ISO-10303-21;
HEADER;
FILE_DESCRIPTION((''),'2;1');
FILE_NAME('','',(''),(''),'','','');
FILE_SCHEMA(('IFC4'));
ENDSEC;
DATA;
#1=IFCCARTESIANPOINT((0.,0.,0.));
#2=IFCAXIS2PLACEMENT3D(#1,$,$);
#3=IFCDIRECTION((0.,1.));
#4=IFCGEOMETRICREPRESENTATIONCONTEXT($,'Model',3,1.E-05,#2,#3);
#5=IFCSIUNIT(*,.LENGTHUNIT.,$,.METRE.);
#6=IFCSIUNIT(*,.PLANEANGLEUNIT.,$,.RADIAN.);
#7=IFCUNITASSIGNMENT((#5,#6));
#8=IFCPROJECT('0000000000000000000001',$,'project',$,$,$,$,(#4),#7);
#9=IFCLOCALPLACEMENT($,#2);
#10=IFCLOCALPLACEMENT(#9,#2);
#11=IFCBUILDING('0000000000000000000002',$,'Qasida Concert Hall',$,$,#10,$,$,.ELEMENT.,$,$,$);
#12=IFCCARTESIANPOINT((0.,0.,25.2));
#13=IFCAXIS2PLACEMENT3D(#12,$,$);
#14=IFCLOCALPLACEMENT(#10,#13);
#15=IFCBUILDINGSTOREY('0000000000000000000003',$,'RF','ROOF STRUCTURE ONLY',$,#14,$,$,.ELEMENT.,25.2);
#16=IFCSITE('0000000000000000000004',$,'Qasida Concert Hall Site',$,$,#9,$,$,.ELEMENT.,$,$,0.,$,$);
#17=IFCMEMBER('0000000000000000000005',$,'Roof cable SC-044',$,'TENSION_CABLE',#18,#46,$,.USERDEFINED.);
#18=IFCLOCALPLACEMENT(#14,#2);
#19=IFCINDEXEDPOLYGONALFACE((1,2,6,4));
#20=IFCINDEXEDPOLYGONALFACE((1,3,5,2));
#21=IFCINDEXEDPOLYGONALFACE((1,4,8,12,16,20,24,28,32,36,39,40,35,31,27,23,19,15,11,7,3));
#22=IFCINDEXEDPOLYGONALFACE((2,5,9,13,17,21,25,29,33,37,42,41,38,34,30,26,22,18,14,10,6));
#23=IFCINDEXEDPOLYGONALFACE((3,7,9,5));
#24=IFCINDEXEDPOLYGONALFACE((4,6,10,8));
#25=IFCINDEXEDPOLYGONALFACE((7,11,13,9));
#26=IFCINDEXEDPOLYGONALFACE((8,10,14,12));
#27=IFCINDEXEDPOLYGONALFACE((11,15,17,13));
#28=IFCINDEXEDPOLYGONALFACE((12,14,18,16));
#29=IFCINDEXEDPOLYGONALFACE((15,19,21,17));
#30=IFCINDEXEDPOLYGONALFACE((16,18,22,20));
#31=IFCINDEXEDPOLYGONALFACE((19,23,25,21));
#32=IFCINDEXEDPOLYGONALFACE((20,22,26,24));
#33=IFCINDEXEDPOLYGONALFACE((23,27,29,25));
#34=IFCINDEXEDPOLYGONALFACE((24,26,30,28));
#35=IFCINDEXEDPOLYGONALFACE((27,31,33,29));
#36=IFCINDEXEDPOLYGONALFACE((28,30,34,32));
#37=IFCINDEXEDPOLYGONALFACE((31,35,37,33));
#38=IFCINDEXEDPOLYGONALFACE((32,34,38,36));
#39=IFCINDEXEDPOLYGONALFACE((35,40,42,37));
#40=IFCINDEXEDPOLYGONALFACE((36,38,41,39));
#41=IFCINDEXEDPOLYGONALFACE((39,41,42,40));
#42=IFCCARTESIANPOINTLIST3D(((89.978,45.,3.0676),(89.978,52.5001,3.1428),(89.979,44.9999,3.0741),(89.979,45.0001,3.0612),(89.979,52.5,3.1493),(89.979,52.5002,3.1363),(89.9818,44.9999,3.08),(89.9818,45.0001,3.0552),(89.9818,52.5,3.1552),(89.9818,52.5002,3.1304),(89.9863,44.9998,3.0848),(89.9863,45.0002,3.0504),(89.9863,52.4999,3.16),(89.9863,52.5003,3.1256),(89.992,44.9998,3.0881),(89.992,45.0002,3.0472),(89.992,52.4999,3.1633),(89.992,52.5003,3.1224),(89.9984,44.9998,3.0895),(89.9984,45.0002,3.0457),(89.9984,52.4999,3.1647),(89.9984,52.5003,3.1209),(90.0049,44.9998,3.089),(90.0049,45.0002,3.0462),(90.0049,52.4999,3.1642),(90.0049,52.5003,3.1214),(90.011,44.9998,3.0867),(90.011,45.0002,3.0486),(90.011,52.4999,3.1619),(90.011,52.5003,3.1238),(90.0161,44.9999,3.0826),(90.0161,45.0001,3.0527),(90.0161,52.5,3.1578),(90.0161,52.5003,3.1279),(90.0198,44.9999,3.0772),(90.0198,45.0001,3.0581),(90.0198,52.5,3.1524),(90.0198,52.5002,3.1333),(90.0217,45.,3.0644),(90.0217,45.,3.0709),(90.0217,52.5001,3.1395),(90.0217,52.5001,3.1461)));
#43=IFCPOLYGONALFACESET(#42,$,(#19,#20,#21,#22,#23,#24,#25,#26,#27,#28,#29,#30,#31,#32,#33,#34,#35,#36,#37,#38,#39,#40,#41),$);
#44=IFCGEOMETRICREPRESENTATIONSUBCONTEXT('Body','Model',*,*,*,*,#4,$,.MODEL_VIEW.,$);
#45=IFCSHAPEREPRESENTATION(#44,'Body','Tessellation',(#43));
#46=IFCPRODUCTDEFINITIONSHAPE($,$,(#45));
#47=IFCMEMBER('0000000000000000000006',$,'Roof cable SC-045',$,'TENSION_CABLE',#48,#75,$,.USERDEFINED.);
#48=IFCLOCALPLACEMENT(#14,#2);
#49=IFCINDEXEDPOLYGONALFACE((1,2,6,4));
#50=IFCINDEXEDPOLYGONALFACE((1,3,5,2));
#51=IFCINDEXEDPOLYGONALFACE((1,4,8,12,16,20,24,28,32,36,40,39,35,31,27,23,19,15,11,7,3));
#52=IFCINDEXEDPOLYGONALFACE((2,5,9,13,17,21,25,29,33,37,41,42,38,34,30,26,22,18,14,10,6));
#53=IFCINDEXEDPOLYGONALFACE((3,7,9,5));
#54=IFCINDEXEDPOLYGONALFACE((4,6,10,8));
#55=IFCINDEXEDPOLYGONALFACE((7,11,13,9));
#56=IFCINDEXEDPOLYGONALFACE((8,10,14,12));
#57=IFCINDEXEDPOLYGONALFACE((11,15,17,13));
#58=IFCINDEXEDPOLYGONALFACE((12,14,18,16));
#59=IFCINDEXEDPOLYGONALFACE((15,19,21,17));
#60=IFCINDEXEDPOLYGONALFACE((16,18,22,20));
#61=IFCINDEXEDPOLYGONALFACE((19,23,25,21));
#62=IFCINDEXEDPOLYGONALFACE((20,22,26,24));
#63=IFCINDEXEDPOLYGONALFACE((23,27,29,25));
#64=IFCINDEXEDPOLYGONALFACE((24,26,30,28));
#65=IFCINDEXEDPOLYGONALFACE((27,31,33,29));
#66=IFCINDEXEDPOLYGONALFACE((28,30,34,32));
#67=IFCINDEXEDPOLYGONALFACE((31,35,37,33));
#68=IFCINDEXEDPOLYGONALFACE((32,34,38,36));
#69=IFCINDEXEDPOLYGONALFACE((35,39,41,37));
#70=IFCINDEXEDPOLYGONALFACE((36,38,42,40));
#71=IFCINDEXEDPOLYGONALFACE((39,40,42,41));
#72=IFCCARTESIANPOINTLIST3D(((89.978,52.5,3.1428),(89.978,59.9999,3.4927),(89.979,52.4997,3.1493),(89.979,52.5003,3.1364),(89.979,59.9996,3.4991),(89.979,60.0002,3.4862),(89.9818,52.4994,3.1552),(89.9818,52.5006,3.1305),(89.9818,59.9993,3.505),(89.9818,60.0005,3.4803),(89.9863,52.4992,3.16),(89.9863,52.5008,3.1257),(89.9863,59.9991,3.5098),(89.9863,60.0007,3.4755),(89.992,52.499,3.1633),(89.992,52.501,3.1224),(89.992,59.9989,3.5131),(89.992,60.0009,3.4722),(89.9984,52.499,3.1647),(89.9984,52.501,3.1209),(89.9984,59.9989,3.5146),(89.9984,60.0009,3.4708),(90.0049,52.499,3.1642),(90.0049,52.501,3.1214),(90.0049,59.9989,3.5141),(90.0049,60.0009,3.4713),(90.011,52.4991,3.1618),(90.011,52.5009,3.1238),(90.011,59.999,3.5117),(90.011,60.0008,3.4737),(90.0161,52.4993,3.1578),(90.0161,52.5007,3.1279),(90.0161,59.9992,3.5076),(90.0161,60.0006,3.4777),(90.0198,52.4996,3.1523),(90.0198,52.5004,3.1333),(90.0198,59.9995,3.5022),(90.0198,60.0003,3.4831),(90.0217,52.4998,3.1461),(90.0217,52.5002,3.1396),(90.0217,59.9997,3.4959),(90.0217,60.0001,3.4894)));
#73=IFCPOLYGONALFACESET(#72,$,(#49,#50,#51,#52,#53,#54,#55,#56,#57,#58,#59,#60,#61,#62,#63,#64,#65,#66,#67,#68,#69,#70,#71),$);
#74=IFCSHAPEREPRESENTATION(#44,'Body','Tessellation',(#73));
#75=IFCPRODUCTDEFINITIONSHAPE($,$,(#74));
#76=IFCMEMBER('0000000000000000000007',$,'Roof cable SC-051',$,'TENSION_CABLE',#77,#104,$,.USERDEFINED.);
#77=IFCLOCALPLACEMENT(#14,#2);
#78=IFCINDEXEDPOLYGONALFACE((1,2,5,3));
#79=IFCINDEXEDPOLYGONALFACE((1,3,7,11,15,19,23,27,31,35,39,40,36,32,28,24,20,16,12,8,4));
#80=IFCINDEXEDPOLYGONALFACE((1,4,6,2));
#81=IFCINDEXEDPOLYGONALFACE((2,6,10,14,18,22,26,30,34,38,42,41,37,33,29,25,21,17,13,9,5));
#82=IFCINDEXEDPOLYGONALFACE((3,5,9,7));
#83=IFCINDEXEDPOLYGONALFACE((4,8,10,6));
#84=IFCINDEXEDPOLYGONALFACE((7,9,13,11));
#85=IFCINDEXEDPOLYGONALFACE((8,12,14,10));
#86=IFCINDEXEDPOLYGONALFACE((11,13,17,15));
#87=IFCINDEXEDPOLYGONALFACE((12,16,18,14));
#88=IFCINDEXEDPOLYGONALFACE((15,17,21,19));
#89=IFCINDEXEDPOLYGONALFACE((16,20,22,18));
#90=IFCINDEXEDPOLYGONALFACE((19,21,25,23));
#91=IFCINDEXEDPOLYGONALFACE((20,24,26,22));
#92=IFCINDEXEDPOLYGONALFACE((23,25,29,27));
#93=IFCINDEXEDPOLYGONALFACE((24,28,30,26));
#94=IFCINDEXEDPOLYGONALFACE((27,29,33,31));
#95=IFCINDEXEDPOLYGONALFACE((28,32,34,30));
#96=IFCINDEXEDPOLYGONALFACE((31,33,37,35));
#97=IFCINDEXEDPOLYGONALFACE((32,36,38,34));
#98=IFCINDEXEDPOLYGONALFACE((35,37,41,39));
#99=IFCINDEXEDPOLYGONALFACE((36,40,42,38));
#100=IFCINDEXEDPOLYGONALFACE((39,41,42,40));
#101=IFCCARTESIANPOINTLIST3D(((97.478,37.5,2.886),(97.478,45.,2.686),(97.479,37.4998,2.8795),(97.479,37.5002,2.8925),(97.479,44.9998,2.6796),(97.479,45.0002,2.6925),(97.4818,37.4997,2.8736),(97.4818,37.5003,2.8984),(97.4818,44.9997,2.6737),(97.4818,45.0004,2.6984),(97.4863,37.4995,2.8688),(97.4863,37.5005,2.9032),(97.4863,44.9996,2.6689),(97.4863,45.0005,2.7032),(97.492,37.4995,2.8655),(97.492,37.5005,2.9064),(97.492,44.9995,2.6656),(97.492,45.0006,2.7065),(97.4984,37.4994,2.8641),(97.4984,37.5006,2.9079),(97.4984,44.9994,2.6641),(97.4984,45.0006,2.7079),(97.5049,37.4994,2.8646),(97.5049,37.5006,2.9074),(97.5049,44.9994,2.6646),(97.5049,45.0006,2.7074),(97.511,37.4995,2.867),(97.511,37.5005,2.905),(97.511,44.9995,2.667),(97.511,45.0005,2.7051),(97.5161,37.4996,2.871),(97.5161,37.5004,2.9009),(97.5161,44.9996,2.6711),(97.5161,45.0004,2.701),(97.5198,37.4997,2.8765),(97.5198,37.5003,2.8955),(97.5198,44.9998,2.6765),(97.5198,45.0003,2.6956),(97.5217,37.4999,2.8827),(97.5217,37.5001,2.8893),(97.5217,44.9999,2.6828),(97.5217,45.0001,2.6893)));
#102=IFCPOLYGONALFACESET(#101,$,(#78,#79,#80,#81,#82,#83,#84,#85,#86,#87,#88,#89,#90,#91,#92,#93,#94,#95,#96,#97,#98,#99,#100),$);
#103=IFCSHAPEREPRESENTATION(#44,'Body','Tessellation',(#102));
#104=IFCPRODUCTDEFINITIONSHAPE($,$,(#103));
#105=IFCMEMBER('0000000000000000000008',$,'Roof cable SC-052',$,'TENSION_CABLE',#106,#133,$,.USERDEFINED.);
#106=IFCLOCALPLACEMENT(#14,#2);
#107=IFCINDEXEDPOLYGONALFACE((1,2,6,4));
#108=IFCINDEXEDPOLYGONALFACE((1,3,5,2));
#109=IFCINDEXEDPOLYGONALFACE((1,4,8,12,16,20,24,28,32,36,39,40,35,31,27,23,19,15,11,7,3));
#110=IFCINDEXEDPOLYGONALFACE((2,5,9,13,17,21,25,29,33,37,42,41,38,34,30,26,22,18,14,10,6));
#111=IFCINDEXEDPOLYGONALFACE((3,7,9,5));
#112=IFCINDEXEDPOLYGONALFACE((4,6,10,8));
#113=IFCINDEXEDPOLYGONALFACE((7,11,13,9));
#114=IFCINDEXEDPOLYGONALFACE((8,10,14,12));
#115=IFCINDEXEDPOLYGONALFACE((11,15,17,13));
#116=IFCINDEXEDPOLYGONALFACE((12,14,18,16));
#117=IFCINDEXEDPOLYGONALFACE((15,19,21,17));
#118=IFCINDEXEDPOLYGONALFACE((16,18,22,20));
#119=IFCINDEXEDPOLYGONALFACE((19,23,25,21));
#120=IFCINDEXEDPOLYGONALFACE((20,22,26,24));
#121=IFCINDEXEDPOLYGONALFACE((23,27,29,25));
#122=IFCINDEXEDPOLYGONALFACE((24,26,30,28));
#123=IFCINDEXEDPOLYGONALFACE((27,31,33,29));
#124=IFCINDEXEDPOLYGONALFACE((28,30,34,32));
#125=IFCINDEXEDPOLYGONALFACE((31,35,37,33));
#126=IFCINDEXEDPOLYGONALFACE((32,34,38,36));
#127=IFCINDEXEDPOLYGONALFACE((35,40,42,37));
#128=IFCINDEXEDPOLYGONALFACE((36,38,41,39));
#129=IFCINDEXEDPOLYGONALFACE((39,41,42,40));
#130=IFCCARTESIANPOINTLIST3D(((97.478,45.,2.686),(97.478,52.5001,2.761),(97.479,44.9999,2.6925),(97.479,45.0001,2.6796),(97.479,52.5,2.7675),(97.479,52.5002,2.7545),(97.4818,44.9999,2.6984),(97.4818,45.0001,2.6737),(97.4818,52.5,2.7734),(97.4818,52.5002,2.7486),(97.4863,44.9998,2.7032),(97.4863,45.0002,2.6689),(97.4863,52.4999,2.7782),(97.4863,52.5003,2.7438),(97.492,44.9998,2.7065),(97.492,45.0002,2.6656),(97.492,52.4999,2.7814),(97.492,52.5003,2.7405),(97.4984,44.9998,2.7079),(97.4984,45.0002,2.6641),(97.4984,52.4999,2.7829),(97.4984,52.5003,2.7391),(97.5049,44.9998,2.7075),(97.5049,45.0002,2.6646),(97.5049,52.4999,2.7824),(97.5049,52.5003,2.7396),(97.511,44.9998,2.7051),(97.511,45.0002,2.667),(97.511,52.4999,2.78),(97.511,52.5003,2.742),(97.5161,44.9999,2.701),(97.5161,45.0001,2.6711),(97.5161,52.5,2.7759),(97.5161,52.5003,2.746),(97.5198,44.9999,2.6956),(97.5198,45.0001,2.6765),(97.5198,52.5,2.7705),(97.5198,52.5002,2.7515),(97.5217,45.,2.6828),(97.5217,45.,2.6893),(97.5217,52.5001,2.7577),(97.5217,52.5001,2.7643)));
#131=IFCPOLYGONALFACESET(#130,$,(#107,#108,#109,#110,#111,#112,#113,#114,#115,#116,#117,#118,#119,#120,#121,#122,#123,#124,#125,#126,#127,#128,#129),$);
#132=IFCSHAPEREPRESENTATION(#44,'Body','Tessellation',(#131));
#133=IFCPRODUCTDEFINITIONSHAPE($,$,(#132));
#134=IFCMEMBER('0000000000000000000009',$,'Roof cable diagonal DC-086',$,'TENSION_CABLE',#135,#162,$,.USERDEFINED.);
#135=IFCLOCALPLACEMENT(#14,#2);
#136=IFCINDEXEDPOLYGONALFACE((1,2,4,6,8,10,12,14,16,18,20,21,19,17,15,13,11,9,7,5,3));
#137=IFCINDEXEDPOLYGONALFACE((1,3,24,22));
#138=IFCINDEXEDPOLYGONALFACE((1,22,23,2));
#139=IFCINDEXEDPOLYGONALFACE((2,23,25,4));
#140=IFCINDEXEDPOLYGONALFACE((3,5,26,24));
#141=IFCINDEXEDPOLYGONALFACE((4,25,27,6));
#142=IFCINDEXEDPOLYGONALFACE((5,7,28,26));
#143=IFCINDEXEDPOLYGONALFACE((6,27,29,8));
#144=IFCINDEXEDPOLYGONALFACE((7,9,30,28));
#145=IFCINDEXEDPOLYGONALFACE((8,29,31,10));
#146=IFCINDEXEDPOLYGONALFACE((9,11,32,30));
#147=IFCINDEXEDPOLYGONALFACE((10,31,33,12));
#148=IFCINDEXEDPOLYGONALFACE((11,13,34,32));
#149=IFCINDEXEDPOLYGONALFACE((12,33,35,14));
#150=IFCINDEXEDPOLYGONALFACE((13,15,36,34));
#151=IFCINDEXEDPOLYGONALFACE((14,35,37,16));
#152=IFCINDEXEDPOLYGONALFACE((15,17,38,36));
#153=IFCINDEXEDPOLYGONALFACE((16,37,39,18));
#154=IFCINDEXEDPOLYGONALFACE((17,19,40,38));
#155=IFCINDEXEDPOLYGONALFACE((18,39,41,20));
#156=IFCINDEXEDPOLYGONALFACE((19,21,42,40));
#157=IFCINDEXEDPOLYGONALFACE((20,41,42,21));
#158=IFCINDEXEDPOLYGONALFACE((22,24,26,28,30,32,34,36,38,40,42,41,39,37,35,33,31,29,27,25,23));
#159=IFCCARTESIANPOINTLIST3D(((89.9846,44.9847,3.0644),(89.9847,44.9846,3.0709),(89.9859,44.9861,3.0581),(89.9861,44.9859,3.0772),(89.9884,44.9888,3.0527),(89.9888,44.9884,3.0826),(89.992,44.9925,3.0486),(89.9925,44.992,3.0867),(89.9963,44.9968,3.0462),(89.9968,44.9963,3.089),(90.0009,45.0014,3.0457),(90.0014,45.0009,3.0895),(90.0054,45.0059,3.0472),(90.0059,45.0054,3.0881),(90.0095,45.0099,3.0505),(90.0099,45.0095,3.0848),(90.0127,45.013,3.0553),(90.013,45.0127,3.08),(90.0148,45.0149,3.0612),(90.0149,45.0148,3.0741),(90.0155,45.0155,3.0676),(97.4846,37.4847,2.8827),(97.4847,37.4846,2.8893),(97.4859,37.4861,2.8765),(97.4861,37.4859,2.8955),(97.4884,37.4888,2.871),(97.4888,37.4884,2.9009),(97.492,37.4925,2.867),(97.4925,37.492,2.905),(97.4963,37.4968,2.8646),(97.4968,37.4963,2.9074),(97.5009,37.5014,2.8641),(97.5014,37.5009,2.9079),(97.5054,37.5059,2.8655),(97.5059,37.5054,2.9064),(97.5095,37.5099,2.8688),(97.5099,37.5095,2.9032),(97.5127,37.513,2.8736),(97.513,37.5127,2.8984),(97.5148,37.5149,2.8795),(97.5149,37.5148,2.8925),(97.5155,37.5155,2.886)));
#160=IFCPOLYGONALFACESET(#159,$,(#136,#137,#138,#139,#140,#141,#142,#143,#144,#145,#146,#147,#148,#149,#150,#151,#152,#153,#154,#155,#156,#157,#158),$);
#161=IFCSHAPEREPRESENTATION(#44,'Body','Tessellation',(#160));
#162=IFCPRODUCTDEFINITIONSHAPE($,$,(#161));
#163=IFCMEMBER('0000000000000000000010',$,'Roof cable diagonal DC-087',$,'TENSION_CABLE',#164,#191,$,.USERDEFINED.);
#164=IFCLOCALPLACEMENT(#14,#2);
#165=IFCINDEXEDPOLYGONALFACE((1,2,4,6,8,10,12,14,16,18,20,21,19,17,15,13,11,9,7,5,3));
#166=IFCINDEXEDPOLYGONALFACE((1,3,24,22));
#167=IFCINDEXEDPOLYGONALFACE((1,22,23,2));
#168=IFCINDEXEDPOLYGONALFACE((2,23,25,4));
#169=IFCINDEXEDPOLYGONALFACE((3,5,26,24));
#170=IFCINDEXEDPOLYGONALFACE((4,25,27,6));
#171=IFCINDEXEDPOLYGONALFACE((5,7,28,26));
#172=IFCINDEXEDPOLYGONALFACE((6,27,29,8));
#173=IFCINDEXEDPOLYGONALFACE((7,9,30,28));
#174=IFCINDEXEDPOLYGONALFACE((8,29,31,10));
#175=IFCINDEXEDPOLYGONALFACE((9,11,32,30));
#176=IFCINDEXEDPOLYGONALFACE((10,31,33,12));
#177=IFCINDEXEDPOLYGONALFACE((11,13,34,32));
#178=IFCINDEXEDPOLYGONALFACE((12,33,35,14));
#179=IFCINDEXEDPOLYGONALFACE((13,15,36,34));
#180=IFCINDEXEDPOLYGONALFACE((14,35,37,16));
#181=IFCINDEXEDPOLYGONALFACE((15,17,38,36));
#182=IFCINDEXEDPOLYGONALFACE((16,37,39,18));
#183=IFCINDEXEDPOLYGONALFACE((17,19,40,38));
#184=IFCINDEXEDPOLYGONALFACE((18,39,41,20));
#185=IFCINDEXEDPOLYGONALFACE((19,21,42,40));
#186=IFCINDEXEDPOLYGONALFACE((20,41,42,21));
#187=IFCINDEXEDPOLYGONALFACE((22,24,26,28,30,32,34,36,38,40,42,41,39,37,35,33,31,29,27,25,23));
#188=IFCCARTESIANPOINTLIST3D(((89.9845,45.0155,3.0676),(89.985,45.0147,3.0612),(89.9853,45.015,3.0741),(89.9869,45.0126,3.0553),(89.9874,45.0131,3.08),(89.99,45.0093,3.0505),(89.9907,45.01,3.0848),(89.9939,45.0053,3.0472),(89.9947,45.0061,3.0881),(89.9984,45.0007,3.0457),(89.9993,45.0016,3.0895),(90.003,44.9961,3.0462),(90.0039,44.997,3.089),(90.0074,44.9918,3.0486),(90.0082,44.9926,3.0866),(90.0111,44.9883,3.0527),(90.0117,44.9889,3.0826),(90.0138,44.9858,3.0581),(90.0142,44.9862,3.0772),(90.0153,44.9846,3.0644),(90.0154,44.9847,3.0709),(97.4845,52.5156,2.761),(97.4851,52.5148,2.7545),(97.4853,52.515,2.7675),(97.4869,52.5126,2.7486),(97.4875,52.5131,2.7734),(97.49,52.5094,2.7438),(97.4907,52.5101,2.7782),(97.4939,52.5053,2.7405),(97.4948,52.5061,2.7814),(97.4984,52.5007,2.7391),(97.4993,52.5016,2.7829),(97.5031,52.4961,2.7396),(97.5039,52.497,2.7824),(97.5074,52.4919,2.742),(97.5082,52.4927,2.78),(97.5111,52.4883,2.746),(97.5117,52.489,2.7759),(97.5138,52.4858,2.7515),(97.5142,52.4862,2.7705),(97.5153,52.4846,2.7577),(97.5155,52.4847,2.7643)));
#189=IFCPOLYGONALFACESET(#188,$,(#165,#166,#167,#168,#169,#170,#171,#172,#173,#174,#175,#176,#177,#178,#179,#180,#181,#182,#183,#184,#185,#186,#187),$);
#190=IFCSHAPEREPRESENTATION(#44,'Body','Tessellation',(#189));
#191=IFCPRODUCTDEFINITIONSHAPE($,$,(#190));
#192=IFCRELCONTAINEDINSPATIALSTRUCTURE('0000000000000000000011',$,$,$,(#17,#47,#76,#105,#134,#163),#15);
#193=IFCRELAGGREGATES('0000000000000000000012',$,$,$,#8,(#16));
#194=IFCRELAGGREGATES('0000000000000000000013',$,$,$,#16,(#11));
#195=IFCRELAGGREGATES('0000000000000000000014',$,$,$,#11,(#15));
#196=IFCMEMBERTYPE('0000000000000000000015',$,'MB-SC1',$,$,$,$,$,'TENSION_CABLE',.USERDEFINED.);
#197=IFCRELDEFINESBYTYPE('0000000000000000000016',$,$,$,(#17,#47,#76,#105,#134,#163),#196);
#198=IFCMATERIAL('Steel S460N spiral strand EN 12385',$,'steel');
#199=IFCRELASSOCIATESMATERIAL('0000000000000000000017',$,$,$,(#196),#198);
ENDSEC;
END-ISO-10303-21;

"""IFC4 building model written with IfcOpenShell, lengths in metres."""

from ifc_helpers import new_model, si_unit, direction, frame, origin, origin_2d, place, context, subcontext, project, spatial, circle, extrude, material, material_profile, profile_set, type_object, element, save


model = new_model("IFC4")

# Units and contexts
model_context = context("Model", 3, precision=1e-05, world=origin(), true_north=direction((0.0, 1.0)))
body_context = subcontext(model_context, "Body", "Model", "MODEL_VIEW")
ifc_project = project(units=[si_unit("LENGTHUNIT", "METRE"), si_unit("PLANEANGLEUNIT", "RADIAN")], contexts=[model_context])

# Site, building, storey
site_placement = place(None, origin())
site = spatial("IfcSite", under=ifc_project, at=site_placement, Name="Qasida Concert Hall Site", CompositionType="ELEMENT", RefElevation=0.0)
building_placement = place(site_placement, origin())
building = spatial("IfcBuilding", under=site, at=building_placement, Name="Qasida Concert Hall", CompositionType="ELEMENT")
storey_placement = place(building_placement, frame((0.0, 0.0, 25.2)))
storey = spatial("IfcBuildingStorey", under=building, at=storey_placement, Name="RF", Description="ROOF STRUCTURE ONLY", CompositionType="ELEMENT", Elevation=25.2)

# Members
ifc_material_1 = material(Name="Steel S460N spiral strand EN 12385", Category="steel")
ifc_material_profile_1 = material_profile(ifc_material_1, circle(Radius=0.022, at=origin_2d()), Name="STRAND D44")
ifc_profile_set_1 = profile_set([ifc_material_profile_1], Name="Steel S460N spiral strand EN 12385")
member_type_1 = type_object("IfcMemberType", Name="MB-SC1", ElementType="TENSION_CABLE", PredefinedType="USERDEFINED", material=ifc_profile_set_1)
member_1_placement = place(storey_placement, frame((90.0, 45.0, 3.0676), z_axis=(0.0, 0.99995, 0.010026), x_axis=(-1.0, 0.0, 0.0)))
element("IfcMember", 1, at=member_1_placement, inside=storey, type_object=member_type_1, Name="Roof cable SC-044", ObjectType="TENSION_CABLE", PredefinedType="USERDEFINED", context=body_context, shape_type="SweptSolid", body=[
    extrude(circle(Radius=0.022, at=origin_2d()), origin(), (0.0, 0.0, 1.0), 7.5005),
])
member_2_placement = place(storey_placement, frame((90.0, 52.5, 3.1428), z_axis=(0.0, 0.998914, 0.046596), x_axis=(-1.0, 0.0, 0.0)))
element("IfcMember", 2, at=member_2_placement, inside=storey, type_object=member_type_1, Name="Roof cable SC-045", ObjectType="TENSION_CABLE", PredefinedType="USERDEFINED", context=body_context, shape_type="SweptSolid", body=[
    extrude(circle(Radius=0.022, at=origin_2d()), origin(), (0.0, 0.0, 1.0), 7.5081),
])
member_3_placement = place(storey_placement, frame((97.5, 37.5, 2.886), z_axis=(0.0, 0.999645, -0.026651), x_axis=(-1.0, 0.0, 0.0)))
element("IfcMember", 3, at=member_3_placement, inside=storey, type_object=member_type_1, Name="Roof cable SC-051", ObjectType="TENSION_CABLE", PredefinedType="USERDEFINED", context=body_context, shape_type="SweptSolid", body=[
    extrude(circle(Radius=0.022, at=origin_2d()), origin(), (0.0, 0.0, 1.0), 7.5027),
])
member_4_placement = place(storey_placement, frame((97.5, 45.0, 2.686), z_axis=(0.0, 0.99995, 0.009993), x_axis=(-1.0, 0.0, 0.0)))
element("IfcMember", 4, at=member_4_placement, inside=storey, type_object=member_type_1, Name="Roof cable SC-052", ObjectType="TENSION_CABLE", PredefinedType="USERDEFINED", context=body_context, shape_type="SweptSolid", body=[
    extrude(circle(Radius=0.022, at=origin_2d()), origin(), (0.0, 0.0, 1.0), 7.5005),
])
member_5_placement = place(storey_placement, frame((90.0, 45.0, 3.0676), z_axis=(0.707003, -0.707003, -0.017123), x_axis=(0.707107, 0.707107, 0.0)))
element("IfcMember", 5, at=member_5_placement, inside=storey, type_object=member_type_1, Name="Roof cable diagonal DC-086", ObjectType="TENSION_CABLE", PredefinedType="USERDEFINED", context=body_context, shape_type="SweptSolid", body=[
    extrude(circle(Radius=0.022, at=origin_2d()), origin(), (0.0, 0.0, 1.0), 10.6082),
])
member_6_placement = place(storey_placement, frame((90.0, 45.0, 3.0676), z_axis=(0.706811, 0.706811, -0.028898), x_axis=(-0.707107, 0.707107, 0.0)))
element("IfcMember", 6, at=member_6_placement, inside=storey, type_object=member_type_1, Name="Roof cable diagonal DC-087", ObjectType="TENSION_CABLE", PredefinedType="USERDEFINED", context=body_context, shape_type="SweptSolid", body=[
    extrude(circle(Radius=0.022, at=origin_2d()), origin(), (0.0, 0.0, 1.0), 10.6111),
])

save(model, "model.ifc")
